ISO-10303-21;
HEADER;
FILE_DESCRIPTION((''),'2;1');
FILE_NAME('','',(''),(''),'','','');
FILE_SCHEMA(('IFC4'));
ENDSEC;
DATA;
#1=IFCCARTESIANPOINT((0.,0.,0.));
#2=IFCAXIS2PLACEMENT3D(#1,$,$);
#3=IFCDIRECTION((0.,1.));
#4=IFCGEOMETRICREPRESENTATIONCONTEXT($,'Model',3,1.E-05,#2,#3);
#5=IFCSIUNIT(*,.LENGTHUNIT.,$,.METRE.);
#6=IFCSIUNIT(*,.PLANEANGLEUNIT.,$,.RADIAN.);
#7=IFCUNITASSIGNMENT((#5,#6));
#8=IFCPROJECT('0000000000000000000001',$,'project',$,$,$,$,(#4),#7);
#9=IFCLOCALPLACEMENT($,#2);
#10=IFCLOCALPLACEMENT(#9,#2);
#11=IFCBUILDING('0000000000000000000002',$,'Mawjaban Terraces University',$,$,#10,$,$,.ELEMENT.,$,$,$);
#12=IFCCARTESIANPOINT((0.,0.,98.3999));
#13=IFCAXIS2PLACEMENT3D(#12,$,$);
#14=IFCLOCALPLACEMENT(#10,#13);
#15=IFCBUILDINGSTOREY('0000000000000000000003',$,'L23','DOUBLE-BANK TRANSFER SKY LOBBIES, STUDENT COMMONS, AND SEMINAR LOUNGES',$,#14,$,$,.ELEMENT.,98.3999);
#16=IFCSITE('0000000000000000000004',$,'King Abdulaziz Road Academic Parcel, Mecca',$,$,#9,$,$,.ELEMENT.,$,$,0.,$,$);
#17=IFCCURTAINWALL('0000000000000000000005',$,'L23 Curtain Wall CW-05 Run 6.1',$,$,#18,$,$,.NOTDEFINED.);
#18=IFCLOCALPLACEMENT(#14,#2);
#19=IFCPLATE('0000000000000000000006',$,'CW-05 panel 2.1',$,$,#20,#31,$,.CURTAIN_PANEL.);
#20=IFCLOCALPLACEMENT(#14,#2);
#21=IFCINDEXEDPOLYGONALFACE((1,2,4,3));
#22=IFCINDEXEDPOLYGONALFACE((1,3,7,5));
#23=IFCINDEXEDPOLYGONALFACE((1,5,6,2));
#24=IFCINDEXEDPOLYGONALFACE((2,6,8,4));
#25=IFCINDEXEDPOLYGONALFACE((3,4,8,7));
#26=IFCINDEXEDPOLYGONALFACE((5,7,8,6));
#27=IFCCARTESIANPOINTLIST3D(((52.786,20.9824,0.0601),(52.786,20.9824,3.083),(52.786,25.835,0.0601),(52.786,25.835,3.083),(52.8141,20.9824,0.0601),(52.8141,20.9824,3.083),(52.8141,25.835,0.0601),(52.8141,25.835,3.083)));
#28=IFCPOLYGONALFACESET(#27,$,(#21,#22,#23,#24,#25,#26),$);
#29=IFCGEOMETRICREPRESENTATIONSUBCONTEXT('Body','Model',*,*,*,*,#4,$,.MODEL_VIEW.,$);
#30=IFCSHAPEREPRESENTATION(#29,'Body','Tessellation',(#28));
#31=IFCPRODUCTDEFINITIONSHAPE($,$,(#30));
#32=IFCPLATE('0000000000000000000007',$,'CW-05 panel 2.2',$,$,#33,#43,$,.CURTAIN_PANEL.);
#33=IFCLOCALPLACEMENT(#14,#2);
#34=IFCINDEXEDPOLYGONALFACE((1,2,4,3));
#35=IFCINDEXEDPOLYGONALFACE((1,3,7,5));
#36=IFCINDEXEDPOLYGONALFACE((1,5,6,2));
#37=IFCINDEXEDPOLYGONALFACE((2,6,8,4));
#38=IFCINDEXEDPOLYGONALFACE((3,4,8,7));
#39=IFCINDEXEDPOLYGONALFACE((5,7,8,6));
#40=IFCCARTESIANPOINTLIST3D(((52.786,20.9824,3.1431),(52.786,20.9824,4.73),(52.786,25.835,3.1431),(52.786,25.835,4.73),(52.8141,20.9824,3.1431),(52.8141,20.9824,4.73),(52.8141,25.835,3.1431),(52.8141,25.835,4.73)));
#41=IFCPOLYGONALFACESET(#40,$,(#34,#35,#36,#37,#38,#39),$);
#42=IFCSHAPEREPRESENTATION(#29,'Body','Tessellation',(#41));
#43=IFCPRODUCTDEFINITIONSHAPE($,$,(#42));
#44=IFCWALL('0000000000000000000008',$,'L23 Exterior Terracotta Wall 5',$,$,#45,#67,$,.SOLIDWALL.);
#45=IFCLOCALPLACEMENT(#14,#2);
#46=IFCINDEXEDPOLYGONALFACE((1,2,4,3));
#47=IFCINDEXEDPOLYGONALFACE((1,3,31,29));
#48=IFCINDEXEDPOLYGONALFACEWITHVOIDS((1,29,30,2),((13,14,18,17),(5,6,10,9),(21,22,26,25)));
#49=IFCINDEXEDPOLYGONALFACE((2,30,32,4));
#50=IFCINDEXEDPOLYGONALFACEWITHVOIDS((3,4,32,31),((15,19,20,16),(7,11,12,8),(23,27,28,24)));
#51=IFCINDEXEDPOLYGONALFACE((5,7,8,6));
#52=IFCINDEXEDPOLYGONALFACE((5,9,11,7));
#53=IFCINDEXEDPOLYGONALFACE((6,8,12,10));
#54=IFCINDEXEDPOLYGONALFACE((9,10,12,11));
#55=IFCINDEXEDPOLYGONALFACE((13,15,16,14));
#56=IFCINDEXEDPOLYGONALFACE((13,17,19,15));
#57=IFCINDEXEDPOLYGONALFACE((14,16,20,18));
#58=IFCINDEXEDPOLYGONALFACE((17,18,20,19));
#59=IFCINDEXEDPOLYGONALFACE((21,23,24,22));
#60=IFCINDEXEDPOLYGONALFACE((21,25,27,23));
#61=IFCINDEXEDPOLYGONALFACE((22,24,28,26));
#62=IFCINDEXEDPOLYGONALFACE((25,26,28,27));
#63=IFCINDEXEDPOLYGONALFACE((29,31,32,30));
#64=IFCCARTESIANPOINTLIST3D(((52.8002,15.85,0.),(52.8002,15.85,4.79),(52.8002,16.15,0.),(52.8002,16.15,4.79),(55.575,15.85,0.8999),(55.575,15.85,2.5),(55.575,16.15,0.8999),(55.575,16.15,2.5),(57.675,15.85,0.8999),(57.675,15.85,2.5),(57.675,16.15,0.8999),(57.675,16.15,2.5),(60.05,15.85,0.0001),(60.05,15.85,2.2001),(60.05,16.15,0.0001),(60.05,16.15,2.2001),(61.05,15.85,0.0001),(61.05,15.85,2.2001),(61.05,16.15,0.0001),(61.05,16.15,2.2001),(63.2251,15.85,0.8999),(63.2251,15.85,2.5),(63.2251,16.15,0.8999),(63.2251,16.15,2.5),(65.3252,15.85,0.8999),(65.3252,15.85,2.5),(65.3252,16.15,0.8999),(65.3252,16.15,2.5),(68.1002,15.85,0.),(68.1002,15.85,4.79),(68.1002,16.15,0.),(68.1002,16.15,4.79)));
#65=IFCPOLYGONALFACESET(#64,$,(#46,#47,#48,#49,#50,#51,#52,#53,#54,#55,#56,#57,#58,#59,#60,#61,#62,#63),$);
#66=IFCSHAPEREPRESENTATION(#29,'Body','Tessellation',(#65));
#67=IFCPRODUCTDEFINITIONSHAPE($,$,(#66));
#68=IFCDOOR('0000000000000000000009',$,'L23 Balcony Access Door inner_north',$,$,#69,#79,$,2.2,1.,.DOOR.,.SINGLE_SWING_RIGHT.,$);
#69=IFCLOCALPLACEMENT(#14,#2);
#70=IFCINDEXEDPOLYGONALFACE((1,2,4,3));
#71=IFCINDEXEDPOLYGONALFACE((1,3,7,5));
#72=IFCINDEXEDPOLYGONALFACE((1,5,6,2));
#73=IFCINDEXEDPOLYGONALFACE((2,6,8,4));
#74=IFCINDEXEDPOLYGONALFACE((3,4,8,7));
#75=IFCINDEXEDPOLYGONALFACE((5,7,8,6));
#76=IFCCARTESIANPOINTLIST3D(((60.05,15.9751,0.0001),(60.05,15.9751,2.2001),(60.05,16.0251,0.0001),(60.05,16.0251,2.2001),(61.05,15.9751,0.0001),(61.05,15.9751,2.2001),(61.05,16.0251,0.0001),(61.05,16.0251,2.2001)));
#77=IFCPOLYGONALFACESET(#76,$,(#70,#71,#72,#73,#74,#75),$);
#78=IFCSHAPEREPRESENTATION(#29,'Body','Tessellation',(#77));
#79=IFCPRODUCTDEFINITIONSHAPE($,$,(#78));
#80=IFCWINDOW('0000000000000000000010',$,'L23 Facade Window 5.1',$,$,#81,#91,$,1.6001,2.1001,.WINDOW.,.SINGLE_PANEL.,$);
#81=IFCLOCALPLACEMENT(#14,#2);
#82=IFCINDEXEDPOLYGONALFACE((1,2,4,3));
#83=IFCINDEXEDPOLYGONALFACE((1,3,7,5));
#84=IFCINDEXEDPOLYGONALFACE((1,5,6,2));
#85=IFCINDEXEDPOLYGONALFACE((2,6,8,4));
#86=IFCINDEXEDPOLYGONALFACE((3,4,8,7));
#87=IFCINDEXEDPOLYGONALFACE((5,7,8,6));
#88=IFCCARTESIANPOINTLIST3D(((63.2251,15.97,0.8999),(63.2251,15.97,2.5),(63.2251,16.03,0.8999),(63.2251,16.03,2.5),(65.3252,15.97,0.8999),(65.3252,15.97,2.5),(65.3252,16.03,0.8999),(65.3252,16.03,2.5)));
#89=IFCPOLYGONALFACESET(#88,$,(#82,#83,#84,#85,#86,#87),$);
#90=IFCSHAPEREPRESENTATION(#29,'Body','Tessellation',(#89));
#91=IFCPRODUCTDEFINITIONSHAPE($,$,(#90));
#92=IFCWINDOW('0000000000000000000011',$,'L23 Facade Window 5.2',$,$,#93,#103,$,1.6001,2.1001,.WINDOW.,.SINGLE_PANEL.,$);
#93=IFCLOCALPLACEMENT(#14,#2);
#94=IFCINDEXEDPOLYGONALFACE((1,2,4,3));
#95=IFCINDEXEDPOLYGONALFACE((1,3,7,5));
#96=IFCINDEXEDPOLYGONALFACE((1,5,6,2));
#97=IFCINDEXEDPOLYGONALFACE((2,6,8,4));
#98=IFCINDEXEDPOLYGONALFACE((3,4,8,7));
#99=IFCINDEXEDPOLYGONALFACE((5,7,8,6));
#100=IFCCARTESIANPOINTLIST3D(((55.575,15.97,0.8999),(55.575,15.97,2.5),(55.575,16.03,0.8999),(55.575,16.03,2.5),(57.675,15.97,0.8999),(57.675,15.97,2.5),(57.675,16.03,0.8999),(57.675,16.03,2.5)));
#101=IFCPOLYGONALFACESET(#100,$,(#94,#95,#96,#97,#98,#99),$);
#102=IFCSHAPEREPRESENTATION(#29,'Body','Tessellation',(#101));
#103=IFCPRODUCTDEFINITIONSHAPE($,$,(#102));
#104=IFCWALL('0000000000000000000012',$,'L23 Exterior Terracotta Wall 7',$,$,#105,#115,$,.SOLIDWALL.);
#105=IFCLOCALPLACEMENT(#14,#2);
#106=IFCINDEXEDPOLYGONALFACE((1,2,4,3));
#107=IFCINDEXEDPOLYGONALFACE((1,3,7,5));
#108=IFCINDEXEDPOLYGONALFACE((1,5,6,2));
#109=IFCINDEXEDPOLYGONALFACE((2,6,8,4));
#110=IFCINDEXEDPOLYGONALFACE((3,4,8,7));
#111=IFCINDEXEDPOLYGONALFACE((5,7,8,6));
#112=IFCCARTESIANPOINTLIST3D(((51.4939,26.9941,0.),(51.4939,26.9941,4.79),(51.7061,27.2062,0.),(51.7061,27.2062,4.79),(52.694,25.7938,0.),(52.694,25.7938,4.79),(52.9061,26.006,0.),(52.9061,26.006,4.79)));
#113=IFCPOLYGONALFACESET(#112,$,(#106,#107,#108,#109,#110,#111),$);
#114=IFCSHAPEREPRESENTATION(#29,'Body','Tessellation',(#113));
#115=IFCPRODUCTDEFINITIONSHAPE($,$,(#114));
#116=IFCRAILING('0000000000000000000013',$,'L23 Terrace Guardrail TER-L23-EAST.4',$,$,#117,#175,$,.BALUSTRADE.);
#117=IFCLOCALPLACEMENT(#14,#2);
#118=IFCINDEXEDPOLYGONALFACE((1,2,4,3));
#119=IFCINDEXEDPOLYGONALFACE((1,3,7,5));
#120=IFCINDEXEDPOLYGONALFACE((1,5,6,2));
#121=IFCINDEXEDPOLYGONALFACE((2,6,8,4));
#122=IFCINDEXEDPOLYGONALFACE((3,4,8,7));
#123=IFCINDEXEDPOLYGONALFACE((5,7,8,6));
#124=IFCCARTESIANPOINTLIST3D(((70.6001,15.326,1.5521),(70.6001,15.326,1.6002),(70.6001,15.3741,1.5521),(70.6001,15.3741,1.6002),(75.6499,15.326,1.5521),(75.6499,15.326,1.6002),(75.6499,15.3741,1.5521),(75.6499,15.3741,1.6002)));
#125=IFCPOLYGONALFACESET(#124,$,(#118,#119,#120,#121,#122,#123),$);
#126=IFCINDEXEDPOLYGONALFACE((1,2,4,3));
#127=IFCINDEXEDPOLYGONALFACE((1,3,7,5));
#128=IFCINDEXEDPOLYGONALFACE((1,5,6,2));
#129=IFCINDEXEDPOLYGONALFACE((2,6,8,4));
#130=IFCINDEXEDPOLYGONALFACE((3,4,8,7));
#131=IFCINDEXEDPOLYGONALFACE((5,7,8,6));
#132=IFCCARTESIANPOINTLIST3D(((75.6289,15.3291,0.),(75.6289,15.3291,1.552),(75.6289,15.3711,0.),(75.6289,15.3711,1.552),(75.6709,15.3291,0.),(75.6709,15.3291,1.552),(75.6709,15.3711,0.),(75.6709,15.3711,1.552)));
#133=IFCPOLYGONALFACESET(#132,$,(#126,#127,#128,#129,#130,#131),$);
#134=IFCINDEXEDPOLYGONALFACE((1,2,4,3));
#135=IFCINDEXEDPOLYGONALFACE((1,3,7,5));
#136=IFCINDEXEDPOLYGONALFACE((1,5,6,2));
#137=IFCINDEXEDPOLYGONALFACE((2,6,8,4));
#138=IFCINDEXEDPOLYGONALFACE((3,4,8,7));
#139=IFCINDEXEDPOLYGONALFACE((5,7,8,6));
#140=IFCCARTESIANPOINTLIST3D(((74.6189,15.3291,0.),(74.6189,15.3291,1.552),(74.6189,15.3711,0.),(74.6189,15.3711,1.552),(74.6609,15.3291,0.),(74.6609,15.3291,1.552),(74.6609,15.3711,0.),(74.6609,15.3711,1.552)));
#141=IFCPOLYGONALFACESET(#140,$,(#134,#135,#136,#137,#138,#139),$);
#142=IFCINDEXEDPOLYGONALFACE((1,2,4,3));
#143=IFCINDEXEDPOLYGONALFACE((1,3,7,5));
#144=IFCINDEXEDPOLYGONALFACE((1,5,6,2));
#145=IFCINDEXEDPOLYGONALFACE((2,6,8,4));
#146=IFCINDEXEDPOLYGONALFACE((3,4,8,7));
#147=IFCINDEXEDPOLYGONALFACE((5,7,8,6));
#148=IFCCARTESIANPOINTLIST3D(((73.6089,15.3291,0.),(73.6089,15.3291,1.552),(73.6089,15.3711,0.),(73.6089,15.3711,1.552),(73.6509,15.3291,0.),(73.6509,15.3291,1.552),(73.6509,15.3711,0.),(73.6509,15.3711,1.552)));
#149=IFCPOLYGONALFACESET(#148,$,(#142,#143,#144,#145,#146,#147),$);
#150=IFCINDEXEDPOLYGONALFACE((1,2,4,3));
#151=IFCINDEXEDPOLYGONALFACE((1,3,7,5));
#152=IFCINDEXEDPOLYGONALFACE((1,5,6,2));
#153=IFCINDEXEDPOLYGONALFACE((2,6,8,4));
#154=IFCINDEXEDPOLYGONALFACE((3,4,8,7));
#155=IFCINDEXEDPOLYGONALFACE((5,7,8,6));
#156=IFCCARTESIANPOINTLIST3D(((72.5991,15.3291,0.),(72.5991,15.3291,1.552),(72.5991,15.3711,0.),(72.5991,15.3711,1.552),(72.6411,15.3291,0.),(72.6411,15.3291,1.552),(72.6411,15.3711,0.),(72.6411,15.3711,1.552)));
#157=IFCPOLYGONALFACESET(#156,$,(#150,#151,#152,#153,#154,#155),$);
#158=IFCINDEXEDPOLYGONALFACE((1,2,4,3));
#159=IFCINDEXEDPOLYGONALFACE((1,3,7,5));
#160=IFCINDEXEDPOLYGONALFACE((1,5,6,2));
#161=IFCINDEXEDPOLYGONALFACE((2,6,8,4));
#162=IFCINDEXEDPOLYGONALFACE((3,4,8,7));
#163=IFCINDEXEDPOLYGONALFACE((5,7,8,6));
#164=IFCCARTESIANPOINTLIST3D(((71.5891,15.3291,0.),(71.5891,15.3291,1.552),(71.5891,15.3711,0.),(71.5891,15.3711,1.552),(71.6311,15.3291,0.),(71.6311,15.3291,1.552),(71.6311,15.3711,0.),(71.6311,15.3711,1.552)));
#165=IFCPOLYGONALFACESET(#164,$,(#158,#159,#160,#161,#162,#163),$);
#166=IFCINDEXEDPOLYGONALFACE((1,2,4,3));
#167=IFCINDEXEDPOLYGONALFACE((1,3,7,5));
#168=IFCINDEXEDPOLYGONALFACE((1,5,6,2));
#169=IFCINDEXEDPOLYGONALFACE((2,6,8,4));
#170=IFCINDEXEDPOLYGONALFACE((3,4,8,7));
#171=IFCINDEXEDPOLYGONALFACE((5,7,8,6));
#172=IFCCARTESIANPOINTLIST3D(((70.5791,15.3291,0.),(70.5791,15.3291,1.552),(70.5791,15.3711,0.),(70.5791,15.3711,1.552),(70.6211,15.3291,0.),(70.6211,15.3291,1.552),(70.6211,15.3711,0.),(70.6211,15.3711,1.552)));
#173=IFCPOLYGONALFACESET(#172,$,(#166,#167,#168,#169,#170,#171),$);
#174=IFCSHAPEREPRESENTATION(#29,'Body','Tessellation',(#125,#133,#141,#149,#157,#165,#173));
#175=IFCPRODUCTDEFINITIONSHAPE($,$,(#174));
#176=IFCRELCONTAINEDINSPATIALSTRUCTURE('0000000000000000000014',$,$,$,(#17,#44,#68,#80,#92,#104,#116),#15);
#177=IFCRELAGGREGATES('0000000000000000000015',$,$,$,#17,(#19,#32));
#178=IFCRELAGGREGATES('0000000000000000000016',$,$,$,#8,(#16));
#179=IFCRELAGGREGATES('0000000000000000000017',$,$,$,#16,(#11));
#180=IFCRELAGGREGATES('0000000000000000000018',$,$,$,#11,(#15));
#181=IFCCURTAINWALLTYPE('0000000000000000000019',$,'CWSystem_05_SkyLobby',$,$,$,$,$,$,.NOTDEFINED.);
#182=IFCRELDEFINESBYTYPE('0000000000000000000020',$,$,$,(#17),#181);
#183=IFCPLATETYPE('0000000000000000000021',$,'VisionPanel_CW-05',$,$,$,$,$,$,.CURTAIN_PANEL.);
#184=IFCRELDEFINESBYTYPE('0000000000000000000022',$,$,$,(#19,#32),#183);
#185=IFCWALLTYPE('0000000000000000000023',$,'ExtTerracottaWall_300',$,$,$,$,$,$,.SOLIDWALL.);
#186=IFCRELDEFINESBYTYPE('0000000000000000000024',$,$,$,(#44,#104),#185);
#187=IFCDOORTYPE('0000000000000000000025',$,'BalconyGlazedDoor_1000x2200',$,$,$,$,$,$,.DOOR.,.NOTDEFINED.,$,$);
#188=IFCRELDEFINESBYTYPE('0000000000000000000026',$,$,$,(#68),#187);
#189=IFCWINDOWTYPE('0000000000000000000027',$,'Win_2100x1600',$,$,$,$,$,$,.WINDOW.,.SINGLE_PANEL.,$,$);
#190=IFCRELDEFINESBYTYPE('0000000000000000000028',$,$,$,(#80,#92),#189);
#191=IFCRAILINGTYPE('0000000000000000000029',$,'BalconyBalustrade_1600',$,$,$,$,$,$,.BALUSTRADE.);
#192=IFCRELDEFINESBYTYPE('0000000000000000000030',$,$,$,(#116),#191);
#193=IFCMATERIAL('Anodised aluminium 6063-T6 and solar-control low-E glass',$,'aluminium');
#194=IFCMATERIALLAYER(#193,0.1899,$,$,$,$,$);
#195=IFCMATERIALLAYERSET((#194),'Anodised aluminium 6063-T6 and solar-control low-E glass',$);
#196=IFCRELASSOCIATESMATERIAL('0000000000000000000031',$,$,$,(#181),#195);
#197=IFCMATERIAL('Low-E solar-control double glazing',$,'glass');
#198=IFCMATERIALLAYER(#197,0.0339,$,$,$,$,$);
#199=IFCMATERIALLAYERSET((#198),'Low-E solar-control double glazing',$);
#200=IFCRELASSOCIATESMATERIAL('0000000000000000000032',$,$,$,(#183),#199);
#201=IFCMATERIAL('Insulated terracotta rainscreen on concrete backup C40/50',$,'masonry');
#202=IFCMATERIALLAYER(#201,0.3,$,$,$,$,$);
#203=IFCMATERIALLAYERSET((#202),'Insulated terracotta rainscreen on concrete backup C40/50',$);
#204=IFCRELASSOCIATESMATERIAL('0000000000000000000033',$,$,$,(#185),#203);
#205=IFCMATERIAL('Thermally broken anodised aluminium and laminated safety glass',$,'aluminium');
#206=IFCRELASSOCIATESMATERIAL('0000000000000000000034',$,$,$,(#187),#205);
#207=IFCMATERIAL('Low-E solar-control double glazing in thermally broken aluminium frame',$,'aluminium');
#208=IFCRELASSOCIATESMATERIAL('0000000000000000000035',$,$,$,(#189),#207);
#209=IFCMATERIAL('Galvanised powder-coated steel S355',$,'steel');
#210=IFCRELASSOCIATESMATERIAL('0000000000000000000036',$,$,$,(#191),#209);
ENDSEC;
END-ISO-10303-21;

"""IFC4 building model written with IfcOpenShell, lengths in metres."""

from ifc_helpers import new_model, si_unit, direction, frame, frame_2d, origin, origin_2d, place, context, subcontext, project, spatial, rectangle, extrude, material, layer, layer_set, type_object, element, fill, aggregate, save


model = new_model("IFC4")

# Units and contexts
model_context = context("Model", 3, precision=1e-05, world=origin(), true_north=direction((0.0, 1.0)))
body_context = subcontext(model_context, "Body", "Model", "MODEL_VIEW")
ifc_project = project(units=[si_unit("LENGTHUNIT", "METRE"), si_unit("PLANEANGLEUNIT", "RADIAN")], contexts=[model_context])

# Site, building, storey
site_placement = place(None, origin())
site = spatial("IfcSite", under=ifc_project, at=site_placement, Name="King Abdulaziz Road Academic Parcel, Mecca", CompositionType="ELEMENT", RefElevation=0.0)
building_placement = place(site_placement, origin())
building = spatial("IfcBuilding", under=site, at=building_placement, Name="Mawjaban Terraces University", CompositionType="ELEMENT")
storey_placement = place(building_placement, frame((0.0, 0.0, 98.3999)))
storey = spatial("IfcBuildingStorey", under=building, at=storey_placement, Name="L23", Description="DOUBLE-BANK TRANSFER SKY LOBBIES, STUDENT COMMONS, AND SEMINAR LOUNGES", CompositionType="ELEMENT", Elevation=98.3999)

# Curtain wall, plates
ifc_material_1 = material(Name="Anodised aluminium 6063-T6 and solar-control low-E glass", Category="aluminium")
ifc_layer_1 = layer(ifc_material_1, 0.1899)
ifc_layer_set_1 = layer_set([ifc_layer_1], Name="Anodised aluminium 6063-T6 and solar-control low-E glass")
curtain_wall_type = type_object("IfcCurtainWallType", Name="CWSystem_05_SkyLobby", PredefinedType="NOTDEFINED", material=ifc_layer_set_1)
curtain_wall_placement = place(storey_placement, origin())
curtain_wall = element("IfcCurtainWall", 1, at=curtain_wall_placement, inside=storey, type_object=curtain_wall_type, Name="L23 Curtain Wall CW-05 Run 6.1", PredefinedType="NOTDEFINED")
ifc_material_2 = material(Name="Low-E solar-control double glazing", Category="glass")
ifc_layer_2 = layer(ifc_material_2, 0.0339)
ifc_layer_set_2 = layer_set([ifc_layer_2], Name="Low-E solar-control double glazing")
plate_type = type_object("IfcPlateType", Name="VisionPanel_CW-05", PredefinedType="CURTAIN_PANEL", material=ifc_layer_set_2)
plate_1_placement = place(storey_placement, frame((52.8, 23.4087, 0.0601), z_axis=(0.0, 0.0, 1.0), x_axis=(0.0, 1.0, 0.0)))
plate_1 = element("IfcPlate", 2, at=plate_1_placement, type_object=plate_type, Name="CW-05 panel 2.1", PredefinedType="CURTAIN_PANEL", context=body_context, shape_type="SweptSolid", body=[
    extrude(rectangle(XDim=4.8525, YDim=0.0281, at=origin_2d()), origin(), (0.0, 0.0, 1.0), 3.0229),
])
plate_2_placement = place(storey_placement, frame((52.8, 23.4087, 3.1431), z_axis=(0.0, 0.0, 1.0), x_axis=(0.0, 1.0, 0.0)))
plate_2 = element("IfcPlate", 3, at=plate_2_placement, type_object=plate_type, Name="CW-05 panel 2.2", PredefinedType="CURTAIN_PANEL", context=body_context, shape_type="SweptSolid", body=[
    extrude(rectangle(XDim=4.8525, YDim=0.0281, at=origin_2d()), origin(), (0.0, 0.0, 1.0), 1.5869),
])
aggregate(curtain_wall, [plate_1, plate_2])

# Wall, openings, door, windows
ifc_material_3 = material(Name="Insulated terracotta rainscreen on concrete backup C40/50", Category="masonry")
ifc_layer_3 = layer(ifc_material_3, 0.3)
ifc_layer_set_3 = layer_set([ifc_layer_3], Name="Insulated terracotta rainscreen on concrete backup C40/50")
wall_type = type_object("IfcWallType", Name="ExtTerracottaWall_300", PredefinedType="SOLIDWALL", material=ifc_layer_set_3)
wall_1_placement = place(storey_placement, frame((68.1001, 16.0, 0.0), z_axis=(0.0, 0.0, 1.0), x_axis=(-1.0, 0.0, 0.0)))
wall_1 = element("IfcWall", 4, at=wall_1_placement, inside=storey, type_object=wall_type, Name="L23 Exterior Terracotta Wall 5", PredefinedType="SOLIDWALL", context=body_context, shape_type="SweptSolid", body=[
    extrude(rectangle(XDim=15.3, YDim=0.3, at=frame_2d((7.6499, 0.0))), origin(), (0.0, 0.0, 1.0), 4.79),
])
opening_1_placement = place(wall_1_placement, frame((7.05, 0.0, 0.0)))
opening_1 = element("IfcOpeningElement", 5, at=opening_1_placement, cuts=wall_1, PredefinedType="OPENING", context=body_context, shape_type="SweptSolid", body=[
    extrude(rectangle(XDim=1.0, YDim=2.2, at=frame_2d((0.5, 1.1001))), frame((0.0, 0.1599, 0.0), z_axis=(0.0, -1.0, 0.0), x_axis=(1.0, 0.0, 0.0)), (0.0, 0.0, 1.0), 0.3201),
])
opening_2_placement = place(wall_1_placement, frame((2.7749, 0.0, 0.8999)))
opening_2 = element("IfcOpeningElement", 6, at=opening_2_placement, cuts=wall_1, PredefinedType="OPENING", context=body_context, shape_type="SweptSolid", body=[
    extrude(rectangle(XDim=2.1001, YDim=1.6001, at=frame_2d((1.05, 0.8))), frame((0.0, 0.1599, 0.0), z_axis=(0.0, -1.0, 0.0), x_axis=(1.0, 0.0, 0.0)), (0.0, 0.0, 1.0), 0.3201),
])
opening_3_placement = place(wall_1_placement, frame((10.425, 0.0, 0.8999)))
opening_3 = element("IfcOpeningElement", 7, at=opening_3_placement, cuts=wall_1, PredefinedType="OPENING", context=body_context, shape_type="SweptSolid", body=[
    extrude(rectangle(XDim=2.1001, YDim=1.6001, at=frame_2d((1.05, 0.8))), frame((0.0, 0.1599, 0.0), z_axis=(0.0, -1.0, 0.0), x_axis=(1.0, 0.0, 0.0)), (0.0, 0.0, 1.0), 0.3201),
])
ifc_material_4 = material(Name="Thermally broken anodised aluminium and laminated safety glass", Category="aluminium")
door_type = type_object("IfcDoorType", Name="BalconyGlazedDoor_1000x2200", OperationType="NOTDEFINED", PredefinedType="DOOR", material=ifc_material_4)
door_placement = place(opening_1_placement, origin())
door = element("IfcDoor", 8, at=door_placement, inside=storey, type_object=door_type, Name="L23 Balcony Access Door inner_north", OperationType="SINGLE_SWING_RIGHT", OverallHeight=2.2, OverallWidth=1.0, PredefinedType="DOOR", context=body_context, shape_type="SweptSolid", body=[
    extrude(rectangle(XDim=1.0, YDim=2.2, at=frame_2d((0.5, 1.1001))), frame((0.0, 0.0249, 0.0), z_axis=(0.0, -1.0, 0.0), x_axis=(1.0, 0.0, 0.0)), (0.0, 0.0, 1.0), 0.05),
])
fill(opening_1, door)
ifc_material_5 = material(Name="Low-E solar-control double glazing in thermally broken aluminium frame", Category="aluminium")
window_type = type_object("IfcWindowType", Name="Win_2100x1600", PartitioningType="SINGLE_PANEL", PredefinedType="WINDOW", material=ifc_material_5)
window_1_placement = place(opening_2_placement, origin())
window_1 = element("IfcWindow", 9, at=window_1_placement, inside=storey, type_object=window_type, Name="L23 Facade Window 5.1", OverallHeight=1.6001, OverallWidth=2.1001, PartitioningType="SINGLE_PANEL", PredefinedType="WINDOW", context=body_context, shape_type="SweptSolid", body=[
    extrude(rectangle(XDim=2.1001, YDim=1.6001, at=frame_2d((1.05, 0.8))), frame((0.0, 0.03, 0.0), z_axis=(0.0, -1.0, 0.0), x_axis=(1.0, 0.0, 0.0)), (0.0, 0.0, 1.0), 0.0601),
])
fill(opening_2, window_1)
window_2_placement = place(opening_3_placement, origin())
window_2 = element("IfcWindow", 10, at=window_2_placement, inside=storey, type_object=window_type, Name="L23 Facade Window 5.2", OverallHeight=1.6001, OverallWidth=2.1001, PartitioningType="SINGLE_PANEL", PredefinedType="WINDOW", context=body_context, shape_type="SweptSolid", body=[
    extrude(rectangle(XDim=2.1001, YDim=1.6001, at=frame_2d((1.05, 0.8))), frame((0.0, 0.03, 0.0), z_axis=(0.0, -1.0, 0.0), x_axis=(1.0, 0.0, 0.0)), (0.0, 0.0, 1.0), 0.0601),
])
fill(opening_3, window_2)

# Wall
wall_2_placement = place(storey_placement, frame((52.8, 25.8999, 0.0), z_axis=(0.0, 0.0, 1.0), x_axis=(-0.707035, 0.707179, 0.0)))
element("IfcWall", 11, at=wall_2_placement, inside=storey, type_object=wall_type, Name="L23 Exterior Terracotta Wall 7", PredefinedType="SOLIDWALL", context=body_context, shape_type="SweptSolid", body=[
    extrude(rectangle(XDim=1.6973, YDim=0.3, at=frame_2d((0.8486, 0.0))), origin(), (0.0, 0.0, 1.0), 4.79),
])

# Railing
ifc_material_6 = material(Name="Galvanised powder-coated steel S355", Category="steel")
railing_type = type_object("IfcRailingType", Name="BalconyBalustrade_1600", PredefinedType="BALUSTRADE", material=ifc_material_6)
railing_1_placement = place(storey_placement, frame((75.6499, 15.3501, 0.0)))
element("IfcRailing", 12, at=railing_1_placement, inside=storey, type_object=railing_type, Name="L23 Terrace Guardrail TER-L23-EAST.4", PredefinedType="BALUSTRADE", context=body_context, shape_type="SweptSolid", body=[
    extrude(rectangle(XDim=0.0481, YDim=0.0481, at=origin_2d()), frame((0.0, 0.0, 1.5762), z_axis=(-1.0, 0.0, 0.0), x_axis=(0.0, -1.0, 0.0)), (0.0, 0.0, 1.0), 5.0498),
    extrude(rectangle(XDim=0.042, YDim=0.042, at=origin_2d()), origin(), (0.0, 0.0, 1.0), 1.552),
    extrude(rectangle(XDim=0.042, YDim=0.042, at=origin_2d()), frame((-1.01, 0.0, 0.0)), (0.0, 0.0, 1.0), 1.552),
    extrude(rectangle(XDim=0.042, YDim=0.042, at=origin_2d()), frame((-2.02, 0.0, 0.0)), (0.0, 0.0, 1.0), 1.552),
    extrude(rectangle(XDim=0.042, YDim=0.042, at=origin_2d()), frame((-3.0298, 0.0, 0.0)), (0.0, 0.0, 1.0), 1.552),
    extrude(rectangle(XDim=0.042, YDim=0.042, at=origin_2d()), frame((-4.0398, 0.0, 0.0)), (0.0, 0.0, 1.0), 1.552),
    extrude(rectangle(XDim=0.042, YDim=0.042, at=origin_2d()), frame((-5.0498, 0.0, 0.0)), (0.0, 0.0, 1.0), 1.552),
])

save(model, "model.ifc")
